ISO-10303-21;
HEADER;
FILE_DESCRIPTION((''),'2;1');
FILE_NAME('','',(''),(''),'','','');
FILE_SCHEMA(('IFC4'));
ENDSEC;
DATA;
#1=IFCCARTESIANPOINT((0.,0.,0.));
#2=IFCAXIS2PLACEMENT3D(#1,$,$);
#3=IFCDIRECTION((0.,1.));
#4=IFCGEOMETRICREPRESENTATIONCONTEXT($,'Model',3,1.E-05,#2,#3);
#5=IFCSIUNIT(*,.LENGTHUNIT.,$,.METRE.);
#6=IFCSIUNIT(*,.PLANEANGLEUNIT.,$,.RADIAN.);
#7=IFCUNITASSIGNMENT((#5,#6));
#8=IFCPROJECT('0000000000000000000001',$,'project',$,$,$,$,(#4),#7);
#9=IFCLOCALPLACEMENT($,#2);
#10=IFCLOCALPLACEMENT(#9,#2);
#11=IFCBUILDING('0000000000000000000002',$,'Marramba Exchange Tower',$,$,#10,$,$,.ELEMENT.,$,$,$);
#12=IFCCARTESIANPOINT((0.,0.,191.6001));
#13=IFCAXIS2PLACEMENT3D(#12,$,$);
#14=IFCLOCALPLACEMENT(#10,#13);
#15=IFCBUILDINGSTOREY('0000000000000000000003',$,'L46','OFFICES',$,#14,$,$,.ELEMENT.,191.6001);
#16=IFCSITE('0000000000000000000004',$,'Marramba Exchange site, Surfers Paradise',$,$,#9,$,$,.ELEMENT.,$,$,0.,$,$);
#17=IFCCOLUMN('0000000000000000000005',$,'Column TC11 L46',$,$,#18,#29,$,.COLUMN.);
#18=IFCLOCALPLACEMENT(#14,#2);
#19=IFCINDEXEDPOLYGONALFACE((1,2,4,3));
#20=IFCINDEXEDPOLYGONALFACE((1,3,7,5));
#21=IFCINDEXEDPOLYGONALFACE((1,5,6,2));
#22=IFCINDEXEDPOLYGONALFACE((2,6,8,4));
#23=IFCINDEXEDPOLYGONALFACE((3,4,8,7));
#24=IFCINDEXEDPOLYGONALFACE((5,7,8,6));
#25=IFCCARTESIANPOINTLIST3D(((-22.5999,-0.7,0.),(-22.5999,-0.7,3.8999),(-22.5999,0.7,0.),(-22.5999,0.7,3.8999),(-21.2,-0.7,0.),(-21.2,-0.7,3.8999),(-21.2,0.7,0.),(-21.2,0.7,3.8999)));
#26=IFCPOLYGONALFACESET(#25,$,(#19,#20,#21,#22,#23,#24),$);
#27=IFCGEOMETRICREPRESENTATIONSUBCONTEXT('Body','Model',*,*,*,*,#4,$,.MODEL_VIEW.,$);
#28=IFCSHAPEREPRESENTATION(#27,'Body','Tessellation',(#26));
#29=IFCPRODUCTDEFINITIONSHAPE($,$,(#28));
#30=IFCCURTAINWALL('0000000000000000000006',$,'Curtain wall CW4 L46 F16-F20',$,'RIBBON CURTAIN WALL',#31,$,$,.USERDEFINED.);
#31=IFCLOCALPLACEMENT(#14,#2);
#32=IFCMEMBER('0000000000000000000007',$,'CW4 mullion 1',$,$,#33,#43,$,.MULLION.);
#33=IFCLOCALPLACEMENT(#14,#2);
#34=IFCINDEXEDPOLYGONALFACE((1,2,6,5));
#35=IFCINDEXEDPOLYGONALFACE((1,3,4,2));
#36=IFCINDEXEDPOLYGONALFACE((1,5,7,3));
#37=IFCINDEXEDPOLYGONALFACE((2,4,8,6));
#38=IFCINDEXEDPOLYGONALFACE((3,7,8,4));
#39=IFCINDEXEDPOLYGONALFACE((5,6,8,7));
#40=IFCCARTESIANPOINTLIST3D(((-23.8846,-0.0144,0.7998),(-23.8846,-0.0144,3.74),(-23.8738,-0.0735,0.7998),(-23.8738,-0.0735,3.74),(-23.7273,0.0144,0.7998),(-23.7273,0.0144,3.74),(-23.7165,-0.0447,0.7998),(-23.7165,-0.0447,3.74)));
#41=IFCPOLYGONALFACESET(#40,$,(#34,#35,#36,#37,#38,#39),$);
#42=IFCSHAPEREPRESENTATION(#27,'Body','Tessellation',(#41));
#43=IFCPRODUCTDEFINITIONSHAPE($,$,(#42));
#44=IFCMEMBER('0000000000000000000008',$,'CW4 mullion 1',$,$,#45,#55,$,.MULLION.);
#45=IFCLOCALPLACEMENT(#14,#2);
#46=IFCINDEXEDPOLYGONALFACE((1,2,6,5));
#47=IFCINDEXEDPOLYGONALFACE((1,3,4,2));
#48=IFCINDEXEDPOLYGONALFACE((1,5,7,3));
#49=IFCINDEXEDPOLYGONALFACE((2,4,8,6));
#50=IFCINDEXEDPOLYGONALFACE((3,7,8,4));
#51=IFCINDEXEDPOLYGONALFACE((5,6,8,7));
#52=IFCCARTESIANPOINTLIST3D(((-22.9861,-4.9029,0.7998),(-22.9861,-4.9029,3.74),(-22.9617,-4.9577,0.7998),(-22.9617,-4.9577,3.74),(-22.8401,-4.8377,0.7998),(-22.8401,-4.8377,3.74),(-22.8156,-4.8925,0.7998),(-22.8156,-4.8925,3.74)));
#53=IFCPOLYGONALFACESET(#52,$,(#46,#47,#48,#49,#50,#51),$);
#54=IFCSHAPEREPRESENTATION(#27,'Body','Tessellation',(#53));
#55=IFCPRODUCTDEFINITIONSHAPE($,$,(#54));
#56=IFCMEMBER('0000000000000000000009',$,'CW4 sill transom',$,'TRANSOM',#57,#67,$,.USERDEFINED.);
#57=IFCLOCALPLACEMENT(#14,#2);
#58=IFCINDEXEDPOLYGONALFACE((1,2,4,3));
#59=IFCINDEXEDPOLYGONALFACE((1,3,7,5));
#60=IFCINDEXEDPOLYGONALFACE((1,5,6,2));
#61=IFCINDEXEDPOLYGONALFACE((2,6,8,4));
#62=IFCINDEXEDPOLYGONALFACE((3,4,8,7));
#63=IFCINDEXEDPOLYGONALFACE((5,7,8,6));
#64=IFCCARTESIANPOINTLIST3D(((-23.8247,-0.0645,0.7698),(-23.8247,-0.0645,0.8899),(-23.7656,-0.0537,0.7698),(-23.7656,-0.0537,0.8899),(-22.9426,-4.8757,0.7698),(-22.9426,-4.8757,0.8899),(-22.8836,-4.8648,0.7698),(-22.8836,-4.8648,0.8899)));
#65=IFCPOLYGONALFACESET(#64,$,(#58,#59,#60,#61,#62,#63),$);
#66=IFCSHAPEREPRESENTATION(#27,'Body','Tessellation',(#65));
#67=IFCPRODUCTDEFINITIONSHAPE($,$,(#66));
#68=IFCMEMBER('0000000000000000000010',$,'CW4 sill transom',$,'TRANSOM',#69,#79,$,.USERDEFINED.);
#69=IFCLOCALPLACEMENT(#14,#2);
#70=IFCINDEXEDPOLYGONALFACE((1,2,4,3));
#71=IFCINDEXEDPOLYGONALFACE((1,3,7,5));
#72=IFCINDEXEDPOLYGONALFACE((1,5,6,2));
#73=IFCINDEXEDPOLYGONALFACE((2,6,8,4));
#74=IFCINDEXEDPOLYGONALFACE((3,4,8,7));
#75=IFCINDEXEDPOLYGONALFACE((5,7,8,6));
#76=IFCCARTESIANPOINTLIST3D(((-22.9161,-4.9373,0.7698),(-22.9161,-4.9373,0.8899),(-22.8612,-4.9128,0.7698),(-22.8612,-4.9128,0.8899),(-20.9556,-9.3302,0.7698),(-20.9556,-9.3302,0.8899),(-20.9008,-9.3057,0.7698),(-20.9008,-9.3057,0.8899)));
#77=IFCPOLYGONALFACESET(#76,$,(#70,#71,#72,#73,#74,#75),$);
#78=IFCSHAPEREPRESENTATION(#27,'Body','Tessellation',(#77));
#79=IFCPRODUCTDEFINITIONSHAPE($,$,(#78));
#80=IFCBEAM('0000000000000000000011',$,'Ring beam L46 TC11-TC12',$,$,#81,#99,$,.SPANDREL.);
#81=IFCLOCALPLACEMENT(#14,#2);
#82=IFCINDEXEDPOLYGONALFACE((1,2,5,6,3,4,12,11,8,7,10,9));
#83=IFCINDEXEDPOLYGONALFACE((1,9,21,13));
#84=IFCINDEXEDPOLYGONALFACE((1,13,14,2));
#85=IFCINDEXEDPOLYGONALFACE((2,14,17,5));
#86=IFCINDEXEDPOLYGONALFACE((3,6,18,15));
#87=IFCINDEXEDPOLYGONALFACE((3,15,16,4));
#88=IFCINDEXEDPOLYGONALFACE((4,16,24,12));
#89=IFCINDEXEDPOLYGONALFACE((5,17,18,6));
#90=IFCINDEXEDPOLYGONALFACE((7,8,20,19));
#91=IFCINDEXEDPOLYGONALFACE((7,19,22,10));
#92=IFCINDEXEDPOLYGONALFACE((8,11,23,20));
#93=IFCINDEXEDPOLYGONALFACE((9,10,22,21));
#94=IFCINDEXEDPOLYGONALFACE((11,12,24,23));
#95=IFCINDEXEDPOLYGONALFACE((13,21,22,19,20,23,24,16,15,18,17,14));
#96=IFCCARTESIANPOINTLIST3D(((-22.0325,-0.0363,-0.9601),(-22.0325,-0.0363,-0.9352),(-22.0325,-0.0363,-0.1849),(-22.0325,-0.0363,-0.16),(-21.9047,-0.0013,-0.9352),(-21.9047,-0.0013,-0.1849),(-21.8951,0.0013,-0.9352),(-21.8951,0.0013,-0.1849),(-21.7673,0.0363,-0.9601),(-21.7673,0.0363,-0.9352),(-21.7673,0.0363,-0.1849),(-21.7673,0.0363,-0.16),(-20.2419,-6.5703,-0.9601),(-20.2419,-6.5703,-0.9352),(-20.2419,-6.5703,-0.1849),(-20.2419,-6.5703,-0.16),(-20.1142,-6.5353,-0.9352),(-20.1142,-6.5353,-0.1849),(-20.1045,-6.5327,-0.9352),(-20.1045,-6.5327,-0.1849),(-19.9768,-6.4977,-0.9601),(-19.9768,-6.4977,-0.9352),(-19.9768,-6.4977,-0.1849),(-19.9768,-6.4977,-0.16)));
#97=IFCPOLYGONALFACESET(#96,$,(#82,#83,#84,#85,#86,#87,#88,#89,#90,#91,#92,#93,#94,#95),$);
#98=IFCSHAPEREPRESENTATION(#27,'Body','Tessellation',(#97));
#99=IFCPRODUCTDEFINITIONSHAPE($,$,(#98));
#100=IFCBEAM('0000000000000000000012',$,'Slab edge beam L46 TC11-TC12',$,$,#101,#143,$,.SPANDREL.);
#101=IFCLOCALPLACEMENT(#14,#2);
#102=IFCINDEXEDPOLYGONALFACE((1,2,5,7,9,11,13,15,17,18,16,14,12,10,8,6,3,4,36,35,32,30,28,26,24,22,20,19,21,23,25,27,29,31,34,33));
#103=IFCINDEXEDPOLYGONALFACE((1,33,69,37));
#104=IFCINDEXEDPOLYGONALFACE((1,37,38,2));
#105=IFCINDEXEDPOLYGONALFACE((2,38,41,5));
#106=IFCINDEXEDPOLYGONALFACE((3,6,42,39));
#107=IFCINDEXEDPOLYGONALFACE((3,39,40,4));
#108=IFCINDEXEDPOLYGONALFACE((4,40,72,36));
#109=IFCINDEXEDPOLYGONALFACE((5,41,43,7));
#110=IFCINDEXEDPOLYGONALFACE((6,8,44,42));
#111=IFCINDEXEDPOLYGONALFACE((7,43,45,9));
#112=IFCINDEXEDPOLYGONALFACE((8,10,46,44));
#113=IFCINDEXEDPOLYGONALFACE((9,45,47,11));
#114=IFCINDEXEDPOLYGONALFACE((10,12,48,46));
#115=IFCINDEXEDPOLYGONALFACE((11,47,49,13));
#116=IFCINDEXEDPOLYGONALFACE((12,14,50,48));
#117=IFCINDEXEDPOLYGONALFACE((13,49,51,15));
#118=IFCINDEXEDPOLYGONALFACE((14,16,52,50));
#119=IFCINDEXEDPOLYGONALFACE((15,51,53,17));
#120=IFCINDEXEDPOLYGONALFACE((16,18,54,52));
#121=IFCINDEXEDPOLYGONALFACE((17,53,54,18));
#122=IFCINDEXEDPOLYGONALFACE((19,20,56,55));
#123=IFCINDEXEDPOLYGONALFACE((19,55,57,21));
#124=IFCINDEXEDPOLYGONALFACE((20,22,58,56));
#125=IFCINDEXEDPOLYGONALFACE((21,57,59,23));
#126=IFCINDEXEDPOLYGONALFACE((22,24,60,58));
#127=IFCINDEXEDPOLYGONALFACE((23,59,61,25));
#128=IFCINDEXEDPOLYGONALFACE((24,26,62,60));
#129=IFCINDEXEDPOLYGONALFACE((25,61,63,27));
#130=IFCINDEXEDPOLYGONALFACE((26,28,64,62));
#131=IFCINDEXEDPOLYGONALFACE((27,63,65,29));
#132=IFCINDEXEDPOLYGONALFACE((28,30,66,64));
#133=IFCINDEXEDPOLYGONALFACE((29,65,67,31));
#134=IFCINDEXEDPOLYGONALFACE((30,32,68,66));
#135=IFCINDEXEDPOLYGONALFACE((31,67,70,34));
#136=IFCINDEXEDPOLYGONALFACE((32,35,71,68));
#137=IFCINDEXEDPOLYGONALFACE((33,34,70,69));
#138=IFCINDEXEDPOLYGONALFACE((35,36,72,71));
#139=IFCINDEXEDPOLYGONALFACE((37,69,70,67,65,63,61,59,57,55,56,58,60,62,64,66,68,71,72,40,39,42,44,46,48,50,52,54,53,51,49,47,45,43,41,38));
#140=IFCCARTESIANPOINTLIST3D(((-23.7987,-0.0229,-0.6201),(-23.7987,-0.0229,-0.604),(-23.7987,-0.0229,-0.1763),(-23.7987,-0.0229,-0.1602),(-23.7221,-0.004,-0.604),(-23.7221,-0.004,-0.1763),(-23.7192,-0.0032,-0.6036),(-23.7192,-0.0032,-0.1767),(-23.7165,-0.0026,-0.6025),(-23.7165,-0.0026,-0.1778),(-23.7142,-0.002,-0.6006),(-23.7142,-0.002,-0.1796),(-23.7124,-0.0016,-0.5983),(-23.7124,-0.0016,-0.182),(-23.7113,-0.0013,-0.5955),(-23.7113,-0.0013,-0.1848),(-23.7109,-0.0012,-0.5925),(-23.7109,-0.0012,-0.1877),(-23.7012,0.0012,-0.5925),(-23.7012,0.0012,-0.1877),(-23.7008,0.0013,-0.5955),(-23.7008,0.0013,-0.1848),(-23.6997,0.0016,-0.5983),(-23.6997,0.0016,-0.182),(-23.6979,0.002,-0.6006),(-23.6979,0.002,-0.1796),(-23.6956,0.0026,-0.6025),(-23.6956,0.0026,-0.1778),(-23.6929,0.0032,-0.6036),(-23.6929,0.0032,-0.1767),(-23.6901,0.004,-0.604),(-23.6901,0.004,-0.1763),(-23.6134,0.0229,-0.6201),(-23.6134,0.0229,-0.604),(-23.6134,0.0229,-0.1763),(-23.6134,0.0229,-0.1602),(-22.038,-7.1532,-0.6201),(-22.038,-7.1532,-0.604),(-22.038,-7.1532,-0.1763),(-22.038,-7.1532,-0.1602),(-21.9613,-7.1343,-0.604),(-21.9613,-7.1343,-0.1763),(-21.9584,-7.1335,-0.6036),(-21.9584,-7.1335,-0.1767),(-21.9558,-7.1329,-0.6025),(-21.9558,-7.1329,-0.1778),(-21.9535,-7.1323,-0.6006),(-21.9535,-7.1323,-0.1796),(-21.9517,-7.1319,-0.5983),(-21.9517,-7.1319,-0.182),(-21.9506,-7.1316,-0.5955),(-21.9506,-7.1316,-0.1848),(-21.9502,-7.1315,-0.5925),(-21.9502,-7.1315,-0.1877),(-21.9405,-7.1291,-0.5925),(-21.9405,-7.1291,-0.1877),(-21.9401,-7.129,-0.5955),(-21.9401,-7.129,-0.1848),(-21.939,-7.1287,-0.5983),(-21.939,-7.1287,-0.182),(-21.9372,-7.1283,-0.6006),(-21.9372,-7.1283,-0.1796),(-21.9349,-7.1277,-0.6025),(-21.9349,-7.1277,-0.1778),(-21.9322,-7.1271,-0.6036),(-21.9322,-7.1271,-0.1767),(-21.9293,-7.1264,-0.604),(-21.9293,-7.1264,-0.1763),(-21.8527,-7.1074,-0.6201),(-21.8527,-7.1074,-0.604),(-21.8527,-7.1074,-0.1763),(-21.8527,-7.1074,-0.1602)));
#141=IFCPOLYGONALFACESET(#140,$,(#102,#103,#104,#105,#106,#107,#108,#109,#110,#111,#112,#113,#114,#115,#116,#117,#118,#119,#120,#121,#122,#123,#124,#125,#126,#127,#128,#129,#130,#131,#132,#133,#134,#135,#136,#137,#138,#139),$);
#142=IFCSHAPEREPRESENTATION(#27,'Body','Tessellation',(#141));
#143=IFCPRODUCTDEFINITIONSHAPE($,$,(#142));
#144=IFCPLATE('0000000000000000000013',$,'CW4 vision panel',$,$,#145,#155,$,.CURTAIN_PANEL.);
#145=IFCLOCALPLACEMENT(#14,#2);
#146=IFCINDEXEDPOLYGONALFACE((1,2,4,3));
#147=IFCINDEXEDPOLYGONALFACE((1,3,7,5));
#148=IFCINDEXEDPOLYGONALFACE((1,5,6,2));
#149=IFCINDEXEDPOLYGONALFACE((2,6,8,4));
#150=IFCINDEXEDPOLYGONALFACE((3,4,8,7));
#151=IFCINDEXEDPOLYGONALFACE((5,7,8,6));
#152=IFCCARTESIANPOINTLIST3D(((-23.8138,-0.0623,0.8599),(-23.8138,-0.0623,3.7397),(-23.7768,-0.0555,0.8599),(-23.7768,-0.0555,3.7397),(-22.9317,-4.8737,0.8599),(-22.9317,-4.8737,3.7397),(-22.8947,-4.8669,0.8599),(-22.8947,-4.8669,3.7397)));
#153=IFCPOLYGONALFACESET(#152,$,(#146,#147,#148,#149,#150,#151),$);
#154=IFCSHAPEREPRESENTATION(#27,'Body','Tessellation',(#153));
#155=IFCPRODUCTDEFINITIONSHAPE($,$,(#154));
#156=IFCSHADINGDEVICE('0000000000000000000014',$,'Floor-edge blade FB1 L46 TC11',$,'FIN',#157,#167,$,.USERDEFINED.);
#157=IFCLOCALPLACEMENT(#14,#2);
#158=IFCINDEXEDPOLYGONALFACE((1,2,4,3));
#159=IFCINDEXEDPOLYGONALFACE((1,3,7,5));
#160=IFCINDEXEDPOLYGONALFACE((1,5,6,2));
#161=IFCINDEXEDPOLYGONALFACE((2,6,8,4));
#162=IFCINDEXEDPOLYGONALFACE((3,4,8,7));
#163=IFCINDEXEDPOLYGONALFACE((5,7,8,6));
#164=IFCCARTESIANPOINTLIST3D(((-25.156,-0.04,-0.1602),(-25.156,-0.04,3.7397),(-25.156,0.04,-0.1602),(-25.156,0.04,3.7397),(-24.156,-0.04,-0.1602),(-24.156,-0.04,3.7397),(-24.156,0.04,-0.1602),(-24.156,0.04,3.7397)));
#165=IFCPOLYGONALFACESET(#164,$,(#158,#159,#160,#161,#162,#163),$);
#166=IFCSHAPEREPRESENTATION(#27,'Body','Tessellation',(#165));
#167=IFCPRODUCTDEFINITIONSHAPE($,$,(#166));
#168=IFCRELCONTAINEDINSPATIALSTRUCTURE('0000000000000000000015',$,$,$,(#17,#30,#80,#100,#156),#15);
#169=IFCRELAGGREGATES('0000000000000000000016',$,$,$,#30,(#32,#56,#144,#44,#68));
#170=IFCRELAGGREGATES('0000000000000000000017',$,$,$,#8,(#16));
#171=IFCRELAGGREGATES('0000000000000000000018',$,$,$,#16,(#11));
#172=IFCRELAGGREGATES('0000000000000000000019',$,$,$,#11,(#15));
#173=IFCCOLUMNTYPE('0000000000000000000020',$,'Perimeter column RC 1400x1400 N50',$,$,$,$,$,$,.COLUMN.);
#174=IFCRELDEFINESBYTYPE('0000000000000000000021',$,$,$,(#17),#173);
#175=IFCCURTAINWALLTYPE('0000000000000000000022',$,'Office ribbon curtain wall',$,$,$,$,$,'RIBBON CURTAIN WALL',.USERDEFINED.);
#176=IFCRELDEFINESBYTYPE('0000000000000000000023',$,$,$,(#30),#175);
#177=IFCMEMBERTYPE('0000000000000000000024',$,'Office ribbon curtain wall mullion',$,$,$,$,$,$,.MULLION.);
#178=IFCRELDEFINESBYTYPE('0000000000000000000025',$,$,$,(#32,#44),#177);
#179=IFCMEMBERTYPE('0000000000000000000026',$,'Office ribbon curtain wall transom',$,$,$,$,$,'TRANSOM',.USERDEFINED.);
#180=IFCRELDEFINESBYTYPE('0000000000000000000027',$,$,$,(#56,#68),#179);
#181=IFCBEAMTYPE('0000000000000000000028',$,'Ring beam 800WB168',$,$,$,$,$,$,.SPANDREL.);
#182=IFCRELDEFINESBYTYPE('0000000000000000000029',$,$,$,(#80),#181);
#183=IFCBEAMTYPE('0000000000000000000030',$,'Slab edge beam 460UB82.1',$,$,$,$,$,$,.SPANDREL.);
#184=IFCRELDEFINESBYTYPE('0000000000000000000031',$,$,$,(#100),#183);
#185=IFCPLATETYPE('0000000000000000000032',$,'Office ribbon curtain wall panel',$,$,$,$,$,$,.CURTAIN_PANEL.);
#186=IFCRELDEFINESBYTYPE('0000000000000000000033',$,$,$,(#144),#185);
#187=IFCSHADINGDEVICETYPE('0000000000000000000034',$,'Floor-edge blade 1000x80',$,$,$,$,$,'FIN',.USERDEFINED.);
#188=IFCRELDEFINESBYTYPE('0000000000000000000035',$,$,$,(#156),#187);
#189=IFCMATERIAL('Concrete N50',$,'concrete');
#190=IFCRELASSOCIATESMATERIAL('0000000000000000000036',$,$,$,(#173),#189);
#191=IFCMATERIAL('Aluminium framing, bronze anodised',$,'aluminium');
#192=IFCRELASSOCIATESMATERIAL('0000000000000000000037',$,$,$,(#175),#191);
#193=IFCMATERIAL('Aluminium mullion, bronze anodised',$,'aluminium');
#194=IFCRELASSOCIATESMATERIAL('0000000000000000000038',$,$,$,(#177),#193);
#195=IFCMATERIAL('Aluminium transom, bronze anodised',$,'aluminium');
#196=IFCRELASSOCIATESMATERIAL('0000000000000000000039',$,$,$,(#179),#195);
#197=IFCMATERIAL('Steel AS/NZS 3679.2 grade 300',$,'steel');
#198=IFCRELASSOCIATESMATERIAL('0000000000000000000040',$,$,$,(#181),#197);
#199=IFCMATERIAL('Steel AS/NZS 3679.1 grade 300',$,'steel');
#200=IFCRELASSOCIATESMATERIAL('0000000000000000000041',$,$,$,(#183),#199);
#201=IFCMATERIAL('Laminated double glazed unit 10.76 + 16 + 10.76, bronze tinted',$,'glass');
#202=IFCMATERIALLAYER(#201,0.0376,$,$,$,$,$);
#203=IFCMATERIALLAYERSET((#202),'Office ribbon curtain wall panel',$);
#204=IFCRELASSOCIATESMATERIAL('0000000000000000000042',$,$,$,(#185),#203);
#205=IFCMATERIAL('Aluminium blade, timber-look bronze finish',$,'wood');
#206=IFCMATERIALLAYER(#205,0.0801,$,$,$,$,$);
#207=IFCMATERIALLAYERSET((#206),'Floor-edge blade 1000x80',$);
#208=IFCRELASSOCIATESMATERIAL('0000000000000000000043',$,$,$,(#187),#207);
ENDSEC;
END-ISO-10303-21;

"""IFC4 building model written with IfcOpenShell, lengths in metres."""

from ifc_helpers import new_model, si_unit, direction, frame, origin, origin_2d, place, context, subcontext, project, spatial, rectangle, i_section, extrude, material, layer, layer_set, material_profile, profile_set, type_object, element, aggregate, save


model = new_model("IFC4")

# Units and contexts
model_context = context("Model", 3, precision=1e-05, world=origin(), true_north=direction((0.0, 1.0)))
body_context = subcontext(model_context, "Body", "Model", "MODEL_VIEW")
ifc_project = project(units=[si_unit("LENGTHUNIT", "METRE"), si_unit("PLANEANGLEUNIT", "RADIAN")], contexts=[model_context])

# Site, building, storey
site_placement = place(None, origin())
site = spatial("IfcSite", under=ifc_project, at=site_placement, Name="Marramba Exchange site, Surfers Paradise", CompositionType="ELEMENT", RefElevation=0.0)
building_placement = place(site_placement, origin())
building = spatial("IfcBuilding", under=site, at=building_placement, Name="Marramba Exchange Tower", CompositionType="ELEMENT")
storey_placement = place(building_placement, frame((0.0, 0.0, 191.6001)))
storey = spatial("IfcBuildingStorey", under=building, at=storey_placement, Name="L46", Description="OFFICES", CompositionType="ELEMENT", Elevation=191.6001)

# Column
ifc_material_1 = material(Name="Concrete N50", Category="concrete")
ifc_material_profile_1 = material_profile(ifc_material_1, rectangle(XDim=1.3999, YDim=1.3999, at=origin_2d()), Name="RC 1400x1400")
ifc_profile_set_1 = profile_set([ifc_material_profile_1], Name="Concrete N50")
column_type = type_object("IfcColumnType", Name="Perimeter column RC 1400x1400 N50", PredefinedType="COLUMN", material=ifc_profile_set_1)
column_placement = place(storey_placement, frame((-21.8999, 0.0, 0.0), z_axis=(0.0, 0.0, 1.0), x_axis=(-1.0, 0.0, 0.0)))
element("IfcColumn", 1, at=column_placement, inside=storey, type_object=column_type, Name="Column TC11 L46", PredefinedType="COLUMN", context=body_context, shape_type="SweptSolid", body=[
    extrude(rectangle(XDim=1.3999, YDim=1.3999, at=origin_2d()), origin(), (0.0, 0.0, 1.0), 3.8999),
])

# Curtain wall, members
ifc_material_2 = material(Name="Aluminium framing, bronze anodised", Category="aluminium")
curtain_wall_type = type_object("IfcCurtainWallType", Name="Office ribbon curtain wall", ElementType="RIBBON CURTAIN WALL", PredefinedType="USERDEFINED", material=ifc_material_2)
curtain_wall_placement = place(storey_placement, origin())
curtain_wall = element("IfcCurtainWall", 2, at=curtain_wall_placement, inside=storey, type_object=curtain_wall_type, Name="Curtain wall CW4 L46 F16-F20", ObjectType="RIBBON CURTAIN WALL", PredefinedType="USERDEFINED")
ifc_material_3 = material(Name="Aluminium mullion, bronze anodised", Category="aluminium")
ifc_material_profile_2 = material_profile(ifc_material_3, rectangle(XDim=0.1599, YDim=0.0601, at=origin_2d()), Name="CW4 mullion 60x160")
ifc_profile_set_2 = profile_set([ifc_material_profile_2], Name="Aluminium mullion, bronze anodised")
member_type_1 = type_object("IfcMemberType", Name="Office ribbon curtain wall mullion", PredefinedType="MULLION", material=ifc_profile_set_2)
member_1_placement = place(storey_placement, frame((-23.8005, -0.0295, 0.7998), z_axis=(0.0, 0.0, 1.0), x_axis=(0.983607, 0.180327, 0.0)))
member_1 = element("IfcMember", 3, at=member_1_placement, type_object=member_type_1, Name="CW4 mullion 1", PredefinedType="MULLION", context=body_context, shape_type="SweptSolid", body=[
    extrude(rectangle(XDim=0.1599, YDim=0.0601, at=origin_2d()), origin(), (0.0, 0.0, 1.0), 2.9402),
])
member_2_placement = place(storey_placement, frame((-22.9009, -4.8977, 0.7998), z_axis=(0.0, 0.0, 1.0), x_axis=(0.91318, 0.407558, 0.0)))
member_2 = element("IfcMember", 4, at=member_2_placement, type_object=member_type_1, Name="CW4 mullion 1", PredefinedType="MULLION", context=body_context, shape_type="SweptSolid", body=[
    extrude(rectangle(XDim=0.1599, YDim=0.0601, at=origin_2d()), origin(), (0.0, 0.0, 1.0), 2.9402),
])
ifc_material_4 = material(Name="Aluminium transom, bronze anodised", Category="aluminium")
ifc_material_profile_3 = material_profile(ifc_material_4, rectangle(XDim=0.0601, YDim=0.1201, at=origin_2d()), Name="CW4 transom 60x120")
ifc_profile_set_3 = profile_set([ifc_material_profile_3], Name="Aluminium transom, bronze anodised")
member_type_2 = type_object("IfcMemberType", Name="Office ribbon curtain wall transom", ElementType="TRANSOM", PredefinedType="USERDEFINED", material=ifc_profile_set_3)
member_3_placement = place(storey_placement, frame((-23.7952, -0.0591, 0.8298), z_axis=(0.18033, -0.983606, 0.0), x_axis=(0.983606, 0.18033, 0.0)))
member_3 = element("IfcMember", 5, at=member_3_placement, type_object=member_type_2, Name="CW4 sill transom", ObjectType="TRANSOM", PredefinedType="USERDEFINED", context=body_context, shape_type="SweptSolid", body=[
    extrude(rectangle(XDim=0.0601, YDim=0.1201, at=origin_2d()), origin(), (0.0, 0.0, 1.0), 4.8914),
])
member_4_placement = place(storey_placement, frame((-22.8887, -4.925, 0.8298), z_axis=(0.407541, -0.913187, 0.0), x_axis=(0.913187, 0.407541, 0.0)))
member_4 = element("IfcMember", 6, at=member_4_placement, type_object=member_type_2, Name="CW4 sill transom", ObjectType="TRANSOM", PredefinedType="USERDEFINED", context=body_context, shape_type="SweptSolid", body=[
    extrude(rectangle(XDim=0.0601, YDim=0.1201, at=origin_2d()), origin(), (0.0, 0.0, 1.0), 4.8105),
])

# Beams
ifc_material_5 = material(Name="Steel AS/NZS 3679.2 grade 300", Category="steel")
ifc_material_profile_4 = material_profile(ifc_material_5, i_section(OverallWidth=0.2749, OverallDepth=0.8, WebThickness=0.01, FlangeThickness=0.0249, at=origin_2d()), Name="800WB168")
ifc_profile_set_4 = profile_set([ifc_material_profile_4], Name="Steel AS/NZS 3679.2 grade 300")
beam_type_1 = type_object("IfcBeamType", Name="Ring beam 800WB168", PredefinedType="SPANDREL", material=ifc_profile_set_4)
beam_1_placement = place(storey_placement, frame((-21.8999, 0.0, -0.5601), z_axis=(0.264291, -0.964443, 0.0), x_axis=(0.964443, 0.264291, 0.0)))
element("IfcBeam", 7, at=beam_1_placement, inside=storey, type_object=beam_type_1, Name="Ring beam L46 TC11-TC12", PredefinedType="SPANDREL", context=body_context, shape_type="SweptSolid", body=[
    extrude(i_section(OverallWidth=0.2749, OverallDepth=0.8, WebThickness=0.01, FlangeThickness=0.0249, at=origin_2d()), origin(), (0.0, 0.0, 1.0), 6.7749),
])
ifc_material_6 = material(Name="Steel AS/NZS 3679.1 grade 300", Category="steel")
ifc_material_profile_5 = material_profile(ifc_material_6, i_section(OverallWidth=0.1909, OverallDepth=0.46, WebThickness=0.01, FlangeThickness=0.0161, FilletRadius=0.0115, at=origin_2d()), Name="460UB82.1")
ifc_profile_set_5 = profile_set([ifc_material_profile_5], Name="Steel AS/NZS 3679.1 grade 300")
beam_type_2 = type_object("IfcBeamType", Name="Slab edge beam 460UB82.1", PredefinedType="SPANDREL", material=ifc_profile_set_5)
beam_2_placement = place(storey_placement, frame((-23.7061, 0.0, -0.3901), z_axis=(0.239735, -0.970838, 0.0), x_axis=(0.970838, 0.239735, 0.0)))
element("IfcBeam", 8, at=beam_2_placement, inside=storey, type_object=beam_type_2, Name="Slab edge beam L46 TC11-TC12", PredefinedType="SPANDREL", context=body_context, shape_type="SweptSolid", body=[
    extrude(i_section(OverallWidth=0.1909, OverallDepth=0.46, WebThickness=0.01, FlangeThickness=0.0161, FilletRadius=0.0115, at=origin_2d()), origin(), (0.0, 0.0, 1.0), 7.3445),
])

# Plate
ifc_material_7 = material(Name="Laminated double glazed unit 10.76 + 16 + 10.76, bronze tinted", Category="glass")
ifc_layer_1 = layer(ifc_material_7, 0.0376)
ifc_layer_set_1 = layer_set([ifc_layer_1], Name="Office ribbon curtain wall panel")
plate_type = type_object("IfcPlateType", Name="Office ribbon curtain wall panel", PredefinedType="CURTAIN_PANEL", material=ifc_layer_set_1)
plate_placement = place(storey_placement, frame((-23.3542, -2.4646, 0.8599), z_axis=(0.0, 0.0, 1.0), x_axis=(0.180327, -0.983607, 0.0)))
plate = element("IfcPlate", 9, at=plate_placement, type_object=plate_type, Name="CW4 vision panel", PredefinedType="CURTAIN_PANEL", context=body_context, shape_type="SweptSolid", body=[
    extrude(rectangle(XDim=4.8916, YDim=0.0376, at=origin_2d()), origin(), (0.0, 0.0, 1.0), 2.8799),
])
aggregate(curtain_wall, [member_1, member_3, plate, member_2, member_4])

# Shading device
ifc_material_8 = material(Name="Aluminium blade, timber-look bronze finish", Category="wood")
ifc_layer_2 = layer(ifc_material_8, 0.0801)
ifc_layer_set_2 = layer_set([ifc_layer_2], Name="Floor-edge blade 1000x80")
shading_device_type_1 = type_object("IfcShadingDeviceType", Name="Floor-edge blade 1000x80", ElementType="FIN", PredefinedType="USERDEFINED", material=ifc_layer_set_2)
shading_device_1_placement = place(storey_placement, frame((-24.656, 0.0, -0.1602), z_axis=(0.0, 0.0, 1.0), x_axis=(-1.0, 0.0, 0.0)))
element("IfcShadingDevice", 10, at=shading_device_1_placement, inside=storey, type_object=shading_device_type_1, Name="Floor-edge blade FB1 L46 TC11", ObjectType="FIN", PredefinedType="USERDEFINED", context=body_context, shape_type="SweptSolid", body=[
    extrude(rectangle(XDim=1.0, YDim=0.0801, at=origin_2d()), origin(), (0.0, 0.0, 1.0), 3.8999),
])

save(model, "model.ifc")
